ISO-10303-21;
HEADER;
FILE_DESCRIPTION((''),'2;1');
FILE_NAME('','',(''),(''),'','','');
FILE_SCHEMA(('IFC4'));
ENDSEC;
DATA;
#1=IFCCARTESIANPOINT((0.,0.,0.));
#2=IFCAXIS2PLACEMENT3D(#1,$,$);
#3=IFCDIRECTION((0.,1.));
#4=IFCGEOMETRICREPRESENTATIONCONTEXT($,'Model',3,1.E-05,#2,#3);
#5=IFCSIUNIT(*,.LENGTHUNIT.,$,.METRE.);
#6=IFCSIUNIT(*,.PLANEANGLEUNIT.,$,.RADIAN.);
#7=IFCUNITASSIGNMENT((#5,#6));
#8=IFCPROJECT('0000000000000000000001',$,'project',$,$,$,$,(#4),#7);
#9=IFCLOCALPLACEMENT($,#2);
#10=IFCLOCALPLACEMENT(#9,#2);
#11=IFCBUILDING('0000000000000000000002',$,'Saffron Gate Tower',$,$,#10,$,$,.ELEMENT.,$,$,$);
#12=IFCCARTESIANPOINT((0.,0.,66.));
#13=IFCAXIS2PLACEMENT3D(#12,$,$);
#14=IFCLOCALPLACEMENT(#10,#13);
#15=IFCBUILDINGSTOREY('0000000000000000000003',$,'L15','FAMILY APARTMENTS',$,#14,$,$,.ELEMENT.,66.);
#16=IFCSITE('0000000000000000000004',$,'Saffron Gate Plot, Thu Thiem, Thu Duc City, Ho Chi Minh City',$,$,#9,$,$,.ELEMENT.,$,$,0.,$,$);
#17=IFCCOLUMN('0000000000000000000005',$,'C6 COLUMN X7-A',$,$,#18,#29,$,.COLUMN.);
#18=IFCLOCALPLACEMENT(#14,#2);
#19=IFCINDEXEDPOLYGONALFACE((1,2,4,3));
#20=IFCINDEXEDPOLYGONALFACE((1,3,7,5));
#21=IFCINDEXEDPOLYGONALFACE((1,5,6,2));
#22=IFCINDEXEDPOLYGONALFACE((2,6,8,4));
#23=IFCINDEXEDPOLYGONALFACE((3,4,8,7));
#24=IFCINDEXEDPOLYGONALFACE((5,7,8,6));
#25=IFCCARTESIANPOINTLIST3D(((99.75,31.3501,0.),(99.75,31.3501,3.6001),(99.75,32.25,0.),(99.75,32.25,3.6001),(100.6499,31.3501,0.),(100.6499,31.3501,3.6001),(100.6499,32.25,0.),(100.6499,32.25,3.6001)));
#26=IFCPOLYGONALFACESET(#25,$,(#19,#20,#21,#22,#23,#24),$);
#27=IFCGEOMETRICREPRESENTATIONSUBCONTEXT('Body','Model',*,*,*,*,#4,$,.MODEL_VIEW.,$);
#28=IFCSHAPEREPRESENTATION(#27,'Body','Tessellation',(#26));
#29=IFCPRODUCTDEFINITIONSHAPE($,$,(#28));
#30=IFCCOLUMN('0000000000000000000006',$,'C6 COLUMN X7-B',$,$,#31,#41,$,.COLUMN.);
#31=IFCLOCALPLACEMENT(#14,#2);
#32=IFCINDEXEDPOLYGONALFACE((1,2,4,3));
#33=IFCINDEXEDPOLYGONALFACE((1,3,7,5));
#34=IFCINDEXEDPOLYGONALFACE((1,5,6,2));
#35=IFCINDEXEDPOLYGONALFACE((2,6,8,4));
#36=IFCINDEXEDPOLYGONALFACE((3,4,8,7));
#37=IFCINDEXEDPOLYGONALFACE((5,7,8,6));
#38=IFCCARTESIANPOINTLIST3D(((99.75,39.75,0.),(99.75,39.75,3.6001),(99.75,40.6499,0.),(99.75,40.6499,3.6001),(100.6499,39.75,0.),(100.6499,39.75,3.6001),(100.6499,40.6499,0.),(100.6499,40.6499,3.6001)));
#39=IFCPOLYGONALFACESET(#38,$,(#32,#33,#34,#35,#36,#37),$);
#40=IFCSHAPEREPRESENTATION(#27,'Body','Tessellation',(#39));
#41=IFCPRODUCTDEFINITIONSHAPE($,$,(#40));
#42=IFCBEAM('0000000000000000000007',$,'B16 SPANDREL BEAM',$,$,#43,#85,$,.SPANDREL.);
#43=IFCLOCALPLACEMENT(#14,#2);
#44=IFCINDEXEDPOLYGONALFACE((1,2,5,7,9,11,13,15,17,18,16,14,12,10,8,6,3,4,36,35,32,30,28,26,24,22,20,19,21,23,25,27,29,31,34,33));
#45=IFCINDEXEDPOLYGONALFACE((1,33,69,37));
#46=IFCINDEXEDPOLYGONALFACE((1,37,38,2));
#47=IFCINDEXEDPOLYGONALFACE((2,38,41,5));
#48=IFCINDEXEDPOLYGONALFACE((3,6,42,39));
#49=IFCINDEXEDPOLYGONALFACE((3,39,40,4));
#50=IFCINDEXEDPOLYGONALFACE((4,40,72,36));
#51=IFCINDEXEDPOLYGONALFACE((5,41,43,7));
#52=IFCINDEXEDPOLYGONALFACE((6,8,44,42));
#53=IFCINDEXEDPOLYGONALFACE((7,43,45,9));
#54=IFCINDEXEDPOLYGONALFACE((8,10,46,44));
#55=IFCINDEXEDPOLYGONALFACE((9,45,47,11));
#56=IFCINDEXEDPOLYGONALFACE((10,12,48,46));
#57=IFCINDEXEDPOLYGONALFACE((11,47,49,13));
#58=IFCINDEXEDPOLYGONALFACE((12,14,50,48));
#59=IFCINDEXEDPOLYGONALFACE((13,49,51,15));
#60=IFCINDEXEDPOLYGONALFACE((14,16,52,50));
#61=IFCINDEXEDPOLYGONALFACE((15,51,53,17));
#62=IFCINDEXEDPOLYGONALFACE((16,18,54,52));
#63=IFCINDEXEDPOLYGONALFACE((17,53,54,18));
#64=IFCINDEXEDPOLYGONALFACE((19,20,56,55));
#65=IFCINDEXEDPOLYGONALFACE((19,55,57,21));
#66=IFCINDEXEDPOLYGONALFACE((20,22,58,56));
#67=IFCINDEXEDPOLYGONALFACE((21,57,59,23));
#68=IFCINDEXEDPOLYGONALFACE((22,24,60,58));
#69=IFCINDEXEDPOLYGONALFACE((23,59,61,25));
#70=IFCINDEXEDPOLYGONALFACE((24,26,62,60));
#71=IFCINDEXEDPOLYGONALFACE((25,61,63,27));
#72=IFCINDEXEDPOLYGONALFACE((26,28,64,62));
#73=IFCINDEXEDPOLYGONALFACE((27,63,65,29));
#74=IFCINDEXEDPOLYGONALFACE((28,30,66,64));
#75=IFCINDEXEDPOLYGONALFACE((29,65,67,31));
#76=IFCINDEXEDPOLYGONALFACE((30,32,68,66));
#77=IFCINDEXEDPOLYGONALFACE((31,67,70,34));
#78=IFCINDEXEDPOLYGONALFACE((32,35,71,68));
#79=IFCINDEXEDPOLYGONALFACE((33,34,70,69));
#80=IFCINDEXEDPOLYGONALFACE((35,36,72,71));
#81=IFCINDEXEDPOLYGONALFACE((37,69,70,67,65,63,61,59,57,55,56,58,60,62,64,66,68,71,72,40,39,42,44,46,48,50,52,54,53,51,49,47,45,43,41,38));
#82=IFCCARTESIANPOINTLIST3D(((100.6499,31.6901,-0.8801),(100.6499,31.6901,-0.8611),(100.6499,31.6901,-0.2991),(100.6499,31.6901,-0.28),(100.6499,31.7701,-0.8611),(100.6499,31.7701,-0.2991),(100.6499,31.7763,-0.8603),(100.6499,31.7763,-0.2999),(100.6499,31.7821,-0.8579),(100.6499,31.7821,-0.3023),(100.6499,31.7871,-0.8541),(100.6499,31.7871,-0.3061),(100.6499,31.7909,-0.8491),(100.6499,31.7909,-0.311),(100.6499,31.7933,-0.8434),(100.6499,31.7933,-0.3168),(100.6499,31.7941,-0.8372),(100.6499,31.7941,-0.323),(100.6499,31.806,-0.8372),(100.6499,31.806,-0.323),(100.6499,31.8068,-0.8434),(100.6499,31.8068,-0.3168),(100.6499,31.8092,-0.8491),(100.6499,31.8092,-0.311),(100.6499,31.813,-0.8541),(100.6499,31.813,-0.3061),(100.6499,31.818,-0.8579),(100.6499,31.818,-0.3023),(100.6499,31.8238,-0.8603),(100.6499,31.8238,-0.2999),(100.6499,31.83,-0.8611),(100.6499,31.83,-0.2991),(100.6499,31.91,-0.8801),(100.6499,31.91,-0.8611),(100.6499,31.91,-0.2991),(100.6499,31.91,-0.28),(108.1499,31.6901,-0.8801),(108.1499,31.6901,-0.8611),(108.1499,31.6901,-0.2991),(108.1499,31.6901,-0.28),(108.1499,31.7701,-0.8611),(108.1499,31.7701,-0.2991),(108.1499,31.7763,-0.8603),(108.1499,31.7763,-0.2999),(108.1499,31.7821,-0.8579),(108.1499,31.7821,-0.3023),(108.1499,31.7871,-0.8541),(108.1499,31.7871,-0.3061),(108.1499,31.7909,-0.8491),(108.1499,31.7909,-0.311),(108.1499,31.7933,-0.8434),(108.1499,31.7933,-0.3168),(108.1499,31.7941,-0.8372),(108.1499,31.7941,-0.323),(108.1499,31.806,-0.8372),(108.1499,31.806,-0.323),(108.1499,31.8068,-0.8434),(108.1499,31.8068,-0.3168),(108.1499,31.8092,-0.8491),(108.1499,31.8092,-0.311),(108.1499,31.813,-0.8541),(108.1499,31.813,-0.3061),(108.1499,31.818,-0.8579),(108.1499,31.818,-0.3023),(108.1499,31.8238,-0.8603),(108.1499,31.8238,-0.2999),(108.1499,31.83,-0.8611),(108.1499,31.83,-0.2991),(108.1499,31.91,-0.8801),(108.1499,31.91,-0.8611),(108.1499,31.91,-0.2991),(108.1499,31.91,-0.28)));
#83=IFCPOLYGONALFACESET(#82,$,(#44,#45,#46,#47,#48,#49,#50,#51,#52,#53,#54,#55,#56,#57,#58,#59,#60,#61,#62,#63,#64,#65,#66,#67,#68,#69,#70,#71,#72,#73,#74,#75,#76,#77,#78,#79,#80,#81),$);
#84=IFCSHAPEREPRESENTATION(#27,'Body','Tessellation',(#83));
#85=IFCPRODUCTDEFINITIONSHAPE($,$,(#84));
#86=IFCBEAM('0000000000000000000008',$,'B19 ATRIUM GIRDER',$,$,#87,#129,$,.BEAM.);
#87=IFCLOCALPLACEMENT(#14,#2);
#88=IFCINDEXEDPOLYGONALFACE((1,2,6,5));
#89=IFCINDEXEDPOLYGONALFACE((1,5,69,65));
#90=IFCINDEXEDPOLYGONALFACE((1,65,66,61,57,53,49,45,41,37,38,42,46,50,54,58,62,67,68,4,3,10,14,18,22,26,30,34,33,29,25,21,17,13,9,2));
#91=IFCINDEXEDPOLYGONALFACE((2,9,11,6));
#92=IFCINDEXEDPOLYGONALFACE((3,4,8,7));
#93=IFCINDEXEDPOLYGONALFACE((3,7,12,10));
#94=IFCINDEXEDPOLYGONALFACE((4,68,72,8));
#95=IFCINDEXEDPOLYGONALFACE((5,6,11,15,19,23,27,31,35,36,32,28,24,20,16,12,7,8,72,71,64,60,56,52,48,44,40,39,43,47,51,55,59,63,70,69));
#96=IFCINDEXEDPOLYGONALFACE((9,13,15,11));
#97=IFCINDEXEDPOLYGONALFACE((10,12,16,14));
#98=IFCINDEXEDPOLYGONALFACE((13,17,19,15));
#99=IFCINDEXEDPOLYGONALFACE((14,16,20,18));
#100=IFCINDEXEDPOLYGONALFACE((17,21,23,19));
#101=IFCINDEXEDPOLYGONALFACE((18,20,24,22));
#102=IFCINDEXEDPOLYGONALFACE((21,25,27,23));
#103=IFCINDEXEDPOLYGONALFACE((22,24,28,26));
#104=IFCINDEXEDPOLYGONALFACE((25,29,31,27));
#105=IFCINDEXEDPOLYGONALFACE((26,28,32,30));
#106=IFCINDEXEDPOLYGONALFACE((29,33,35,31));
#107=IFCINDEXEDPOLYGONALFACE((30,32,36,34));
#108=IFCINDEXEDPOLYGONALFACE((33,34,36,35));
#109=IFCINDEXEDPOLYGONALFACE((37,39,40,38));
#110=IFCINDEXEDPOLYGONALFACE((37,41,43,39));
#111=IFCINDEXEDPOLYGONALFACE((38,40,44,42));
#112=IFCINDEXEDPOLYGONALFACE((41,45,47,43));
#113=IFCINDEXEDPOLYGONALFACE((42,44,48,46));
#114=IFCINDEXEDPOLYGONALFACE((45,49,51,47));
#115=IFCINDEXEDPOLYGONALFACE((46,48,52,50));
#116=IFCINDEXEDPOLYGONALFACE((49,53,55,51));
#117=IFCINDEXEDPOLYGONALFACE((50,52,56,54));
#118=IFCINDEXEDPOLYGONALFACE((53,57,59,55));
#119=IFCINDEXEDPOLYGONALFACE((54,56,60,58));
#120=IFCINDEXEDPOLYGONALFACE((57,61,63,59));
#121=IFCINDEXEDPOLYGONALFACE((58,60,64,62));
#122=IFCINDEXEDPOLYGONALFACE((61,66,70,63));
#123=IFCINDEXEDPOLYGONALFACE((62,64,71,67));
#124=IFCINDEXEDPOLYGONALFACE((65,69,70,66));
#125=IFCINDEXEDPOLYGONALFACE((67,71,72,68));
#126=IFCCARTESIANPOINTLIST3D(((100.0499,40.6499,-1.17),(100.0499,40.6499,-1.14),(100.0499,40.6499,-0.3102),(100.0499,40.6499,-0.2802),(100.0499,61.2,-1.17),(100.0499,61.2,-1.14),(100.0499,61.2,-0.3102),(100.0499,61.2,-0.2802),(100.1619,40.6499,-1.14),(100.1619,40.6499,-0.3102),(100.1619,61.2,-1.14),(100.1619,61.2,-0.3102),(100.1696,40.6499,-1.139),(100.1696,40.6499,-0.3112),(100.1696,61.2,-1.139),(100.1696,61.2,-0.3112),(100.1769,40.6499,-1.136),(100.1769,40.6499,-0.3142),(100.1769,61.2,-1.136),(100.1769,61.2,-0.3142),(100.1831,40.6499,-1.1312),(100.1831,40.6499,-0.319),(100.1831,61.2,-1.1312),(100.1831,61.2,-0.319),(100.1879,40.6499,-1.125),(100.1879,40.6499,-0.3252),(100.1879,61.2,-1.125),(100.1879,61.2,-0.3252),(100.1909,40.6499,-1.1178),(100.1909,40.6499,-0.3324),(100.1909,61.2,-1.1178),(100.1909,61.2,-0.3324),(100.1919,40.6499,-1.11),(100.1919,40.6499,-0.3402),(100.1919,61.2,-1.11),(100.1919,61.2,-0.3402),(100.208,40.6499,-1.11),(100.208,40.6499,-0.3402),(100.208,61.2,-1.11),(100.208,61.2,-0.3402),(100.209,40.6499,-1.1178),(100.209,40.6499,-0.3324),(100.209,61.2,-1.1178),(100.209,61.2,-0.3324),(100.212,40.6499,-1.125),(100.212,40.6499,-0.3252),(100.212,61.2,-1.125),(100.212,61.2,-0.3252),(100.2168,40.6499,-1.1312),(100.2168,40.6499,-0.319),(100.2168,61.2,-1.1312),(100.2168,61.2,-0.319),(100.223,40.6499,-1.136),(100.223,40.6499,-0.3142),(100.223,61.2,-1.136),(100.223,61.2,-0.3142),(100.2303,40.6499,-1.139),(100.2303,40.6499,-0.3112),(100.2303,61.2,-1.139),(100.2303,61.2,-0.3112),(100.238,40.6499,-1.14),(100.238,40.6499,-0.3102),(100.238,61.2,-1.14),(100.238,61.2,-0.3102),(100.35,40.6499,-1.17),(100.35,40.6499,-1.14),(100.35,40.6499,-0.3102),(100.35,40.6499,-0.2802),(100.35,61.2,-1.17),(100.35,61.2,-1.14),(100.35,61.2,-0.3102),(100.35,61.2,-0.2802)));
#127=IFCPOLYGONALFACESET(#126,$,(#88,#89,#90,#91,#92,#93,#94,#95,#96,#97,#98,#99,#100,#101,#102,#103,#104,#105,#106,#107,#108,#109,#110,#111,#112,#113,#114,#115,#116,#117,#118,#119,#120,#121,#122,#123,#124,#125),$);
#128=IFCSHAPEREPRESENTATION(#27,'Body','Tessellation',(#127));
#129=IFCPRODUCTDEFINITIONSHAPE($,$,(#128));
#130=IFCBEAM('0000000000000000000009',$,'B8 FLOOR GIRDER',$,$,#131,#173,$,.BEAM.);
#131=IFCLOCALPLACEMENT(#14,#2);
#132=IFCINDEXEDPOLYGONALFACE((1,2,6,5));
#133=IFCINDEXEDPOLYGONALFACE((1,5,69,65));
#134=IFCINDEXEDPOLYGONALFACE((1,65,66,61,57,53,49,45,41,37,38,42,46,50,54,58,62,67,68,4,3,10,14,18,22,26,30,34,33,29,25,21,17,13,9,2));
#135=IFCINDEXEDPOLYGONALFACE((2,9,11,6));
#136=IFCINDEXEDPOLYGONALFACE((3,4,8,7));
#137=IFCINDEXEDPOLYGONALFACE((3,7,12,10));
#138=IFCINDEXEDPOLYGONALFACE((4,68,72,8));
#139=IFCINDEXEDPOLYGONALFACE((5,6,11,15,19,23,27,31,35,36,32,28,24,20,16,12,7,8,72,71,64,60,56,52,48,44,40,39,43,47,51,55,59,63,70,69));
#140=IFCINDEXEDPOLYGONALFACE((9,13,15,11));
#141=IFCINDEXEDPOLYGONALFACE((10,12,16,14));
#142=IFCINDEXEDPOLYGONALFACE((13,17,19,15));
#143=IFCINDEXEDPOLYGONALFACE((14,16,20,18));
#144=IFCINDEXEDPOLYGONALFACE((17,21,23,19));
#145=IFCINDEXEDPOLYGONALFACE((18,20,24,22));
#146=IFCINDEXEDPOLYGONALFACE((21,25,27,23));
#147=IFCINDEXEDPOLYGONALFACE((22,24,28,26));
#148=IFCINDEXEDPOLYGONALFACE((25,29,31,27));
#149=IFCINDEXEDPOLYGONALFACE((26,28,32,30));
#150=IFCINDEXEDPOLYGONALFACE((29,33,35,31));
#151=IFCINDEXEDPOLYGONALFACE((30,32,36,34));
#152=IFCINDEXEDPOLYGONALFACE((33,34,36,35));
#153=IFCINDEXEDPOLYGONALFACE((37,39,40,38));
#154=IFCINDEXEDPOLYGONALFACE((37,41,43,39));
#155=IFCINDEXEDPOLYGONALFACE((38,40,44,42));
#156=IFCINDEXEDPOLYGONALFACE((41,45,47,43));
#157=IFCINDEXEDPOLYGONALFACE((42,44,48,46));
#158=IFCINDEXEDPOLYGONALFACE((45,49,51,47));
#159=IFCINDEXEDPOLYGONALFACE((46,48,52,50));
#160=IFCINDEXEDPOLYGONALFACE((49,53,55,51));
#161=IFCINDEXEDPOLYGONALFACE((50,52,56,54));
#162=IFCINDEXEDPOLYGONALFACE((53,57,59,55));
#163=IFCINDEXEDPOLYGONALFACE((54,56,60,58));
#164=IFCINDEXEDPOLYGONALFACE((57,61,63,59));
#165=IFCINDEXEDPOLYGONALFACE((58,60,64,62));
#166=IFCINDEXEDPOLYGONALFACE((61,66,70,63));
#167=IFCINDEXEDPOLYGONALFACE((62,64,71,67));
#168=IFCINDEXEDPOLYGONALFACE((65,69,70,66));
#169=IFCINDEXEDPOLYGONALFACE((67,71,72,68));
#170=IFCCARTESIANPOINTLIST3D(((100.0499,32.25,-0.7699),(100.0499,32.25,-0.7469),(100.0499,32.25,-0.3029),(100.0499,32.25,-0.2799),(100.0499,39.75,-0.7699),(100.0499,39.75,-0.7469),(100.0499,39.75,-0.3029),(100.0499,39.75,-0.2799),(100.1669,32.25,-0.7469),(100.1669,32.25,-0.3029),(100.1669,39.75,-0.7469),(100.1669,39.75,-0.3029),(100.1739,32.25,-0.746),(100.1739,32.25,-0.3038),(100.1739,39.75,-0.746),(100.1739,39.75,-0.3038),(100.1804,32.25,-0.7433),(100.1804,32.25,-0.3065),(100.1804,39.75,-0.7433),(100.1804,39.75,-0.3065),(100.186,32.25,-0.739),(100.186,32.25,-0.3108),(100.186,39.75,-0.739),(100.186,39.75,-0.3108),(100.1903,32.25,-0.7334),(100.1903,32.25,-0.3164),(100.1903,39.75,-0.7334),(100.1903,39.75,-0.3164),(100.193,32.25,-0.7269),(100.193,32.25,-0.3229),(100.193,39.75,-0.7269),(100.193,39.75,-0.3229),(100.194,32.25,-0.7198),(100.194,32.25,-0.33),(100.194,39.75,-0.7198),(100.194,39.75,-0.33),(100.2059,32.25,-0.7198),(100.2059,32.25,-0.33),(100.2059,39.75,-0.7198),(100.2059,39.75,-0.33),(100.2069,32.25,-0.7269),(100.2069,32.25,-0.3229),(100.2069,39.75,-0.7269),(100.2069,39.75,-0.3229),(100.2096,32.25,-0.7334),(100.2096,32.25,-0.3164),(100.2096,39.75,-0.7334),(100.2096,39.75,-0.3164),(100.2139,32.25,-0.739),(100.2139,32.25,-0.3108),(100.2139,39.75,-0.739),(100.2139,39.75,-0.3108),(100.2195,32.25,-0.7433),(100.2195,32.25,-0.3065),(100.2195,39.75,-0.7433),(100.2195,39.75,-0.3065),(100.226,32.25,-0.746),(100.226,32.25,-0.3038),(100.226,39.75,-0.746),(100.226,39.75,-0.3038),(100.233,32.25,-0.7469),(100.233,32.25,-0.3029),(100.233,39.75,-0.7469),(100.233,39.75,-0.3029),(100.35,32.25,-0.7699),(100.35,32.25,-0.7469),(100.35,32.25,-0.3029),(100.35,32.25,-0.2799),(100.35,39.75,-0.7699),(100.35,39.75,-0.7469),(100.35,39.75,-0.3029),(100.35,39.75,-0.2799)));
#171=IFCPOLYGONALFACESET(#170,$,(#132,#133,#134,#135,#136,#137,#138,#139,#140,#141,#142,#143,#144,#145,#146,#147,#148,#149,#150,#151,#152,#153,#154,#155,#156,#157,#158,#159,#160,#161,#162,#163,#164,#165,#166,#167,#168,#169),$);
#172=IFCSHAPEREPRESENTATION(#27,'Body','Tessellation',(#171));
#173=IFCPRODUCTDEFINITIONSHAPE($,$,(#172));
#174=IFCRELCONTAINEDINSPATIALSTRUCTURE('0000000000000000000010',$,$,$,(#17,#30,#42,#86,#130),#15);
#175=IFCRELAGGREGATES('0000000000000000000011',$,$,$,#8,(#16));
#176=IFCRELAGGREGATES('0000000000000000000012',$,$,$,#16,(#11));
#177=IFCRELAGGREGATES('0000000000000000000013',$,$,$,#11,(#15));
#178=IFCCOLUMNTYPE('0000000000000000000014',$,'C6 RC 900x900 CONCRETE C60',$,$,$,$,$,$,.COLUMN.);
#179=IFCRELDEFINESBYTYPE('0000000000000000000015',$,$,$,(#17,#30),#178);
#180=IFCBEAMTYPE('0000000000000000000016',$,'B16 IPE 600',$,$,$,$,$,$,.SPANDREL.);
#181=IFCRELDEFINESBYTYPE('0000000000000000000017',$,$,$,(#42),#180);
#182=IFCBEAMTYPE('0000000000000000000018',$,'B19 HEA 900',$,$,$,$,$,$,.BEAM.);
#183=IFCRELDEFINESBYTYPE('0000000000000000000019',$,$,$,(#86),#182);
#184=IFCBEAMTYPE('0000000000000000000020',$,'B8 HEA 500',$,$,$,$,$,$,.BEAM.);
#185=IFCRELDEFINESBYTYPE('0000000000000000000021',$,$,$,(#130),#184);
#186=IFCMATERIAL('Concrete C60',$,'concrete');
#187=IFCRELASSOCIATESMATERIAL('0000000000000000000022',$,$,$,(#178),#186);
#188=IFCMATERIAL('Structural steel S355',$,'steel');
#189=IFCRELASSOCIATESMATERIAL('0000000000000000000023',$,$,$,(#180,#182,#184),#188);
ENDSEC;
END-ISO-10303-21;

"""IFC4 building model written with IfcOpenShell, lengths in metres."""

from ifc_helpers import new_model, si_unit, direction, frame, origin, origin_2d, place, context, subcontext, project, spatial, rectangle, i_section, extrude, material, material_profile, profile_set, type_object, element, save


model = new_model("IFC4")

# Units and contexts
model_context = context("Model", 3, precision=1e-05, world=origin(), true_north=direction((0.0, 1.0)))
body_context = subcontext(model_context, "Body", "Model", "MODEL_VIEW")
ifc_project = project(units=[si_unit("LENGTHUNIT", "METRE"), si_unit("PLANEANGLEUNIT", "RADIAN")], contexts=[model_context])

# Site, building, storey
site_placement = place(None, origin())
site = spatial("IfcSite", under=ifc_project, at=site_placement, Name="Saffron Gate Plot, Thu Thiem, Thu Duc City, Ho Chi Minh City", CompositionType="ELEMENT", RefElevation=0.0)
building_placement = place(site_placement, origin())
building = spatial("IfcBuilding", under=site, at=building_placement, Name="Saffron Gate Tower", CompositionType="ELEMENT")
storey_placement = place(building_placement, frame((0.0, 0.0, 66.0)))
storey = spatial("IfcBuildingStorey", under=building, at=storey_placement, Name="L15", Description="FAMILY APARTMENTS", CompositionType="ELEMENT", Elevation=66.0)

# Columns
ifc_material_1 = material(Name="Concrete C60", Category="concrete")
ifc_material_profile_1 = material_profile(ifc_material_1, rectangle(XDim=0.8999, YDim=0.8999, at=origin_2d()))
ifc_profile_set_1 = profile_set([ifc_material_profile_1], Name="Concrete C60")
column_type = type_object("IfcColumnType", Name="C6 RC 900x900 CONCRETE C60", PredefinedType="COLUMN", material=ifc_profile_set_1)
for number, where, z_axis, x_axis, name in (
    (1, (100.2, 31.8, 0.0), (0.0, 0.0, 1.0), (1.0, 0.0, 0.0), "C6 COLUMN X7-A"),
    (2, (100.2, 40.2, 0.0), (0.0, 0.0, 1.0), (1.0, 0.0, 0.0), "C6 COLUMN X7-B"),
):
    element("IfcColumn", number, at=place(storey_placement, frame(where, z_axis=z_axis, x_axis=x_axis)), inside=storey, type_object=column_type, Name=name, PredefinedType="COLUMN", context=body_context, shape_type="SweptSolid", body=[
        extrude(rectangle(XDim=0.8999, YDim=0.8999, at=origin_2d()), origin(), (0.0, 0.0, 1.0), 3.6001),
    ])

# Beams
ifc_material_2 = material(Name="Structural steel S355", Category="steel")
ifc_material_profile_2 = material_profile(ifc_material_2, i_section(OverallWidth=0.22, OverallDepth=0.6001, WebThickness=0.012, FlangeThickness=0.019, FilletRadius=0.0239, at=origin_2d()))
ifc_profile_set_2 = profile_set([ifc_material_profile_2], Name="Structural steel S355")
beam_type_1 = type_object("IfcBeamType", Name="B16 IPE 600", PredefinedType="SPANDREL", material=ifc_profile_set_2)
beam_1_placement = place(storey_placement, frame((100.6499, 31.8, -0.5801), z_axis=(1.0, 0.0, 0.0), x_axis=(0.0, 1.0, 0.0)))
element("IfcBeam", 3, at=beam_1_placement, inside=storey, type_object=beam_type_1, Name="B16 SPANDREL BEAM", PredefinedType="SPANDREL", context=body_context, shape_type="SweptSolid", body=[
    extrude(i_section(OverallWidth=0.22, OverallDepth=0.6001, WebThickness=0.012, FlangeThickness=0.019, FilletRadius=0.0239, at=origin_2d()), origin(), (0.0, 0.0, 1.0), 7.5),
])
ifc_material_profile_3 = material_profile(ifc_material_2, i_section(OverallWidth=0.3, OverallDepth=0.8899, WebThickness=0.0161, FlangeThickness=0.03, FilletRadius=0.03, at=origin_2d()))
ifc_profile_set_3 = profile_set([ifc_material_profile_3], Name="Structural steel S355")
beam_type_2 = type_object("IfcBeamType", Name="B19 HEA 900", PredefinedType="BEAM", material=ifc_profile_set_3)
beam_2_placement = place(storey_placement, frame((100.2, 40.6499, -0.7251), z_axis=(0.0, 1.0, 0.0), x_axis=(-1.0, 0.0, 0.0)))
element("IfcBeam", 4, at=beam_2_placement, inside=storey, type_object=beam_type_2, Name="B19 ATRIUM GIRDER", PredefinedType="BEAM", context=body_context, shape_type="SweptSolid", body=[
    extrude(i_section(OverallWidth=0.3, OverallDepth=0.8899, WebThickness=0.0161, FlangeThickness=0.03, FilletRadius=0.03, at=origin_2d()), origin(), (0.0, 0.0, 1.0), 20.55),
])
ifc_material_profile_4 = material_profile(ifc_material_2, i_section(OverallWidth=0.3, OverallDepth=0.49, WebThickness=0.012, FlangeThickness=0.0229, FilletRadius=0.0271, at=origin_2d()))
ifc_profile_set_4 = profile_set([ifc_material_profile_4], Name="Structural steel S355")
beam_type_3 = type_object("IfcBeamType", Name="B8 HEA 500", PredefinedType="BEAM", material=ifc_profile_set_4)
beam_3_placement = place(storey_placement, frame((100.2, 32.25, -0.5249), z_axis=(0.0, 1.0, 0.0), x_axis=(-1.0, 0.0, 0.0)))
element("IfcBeam", 5, at=beam_3_placement, inside=storey, type_object=beam_type_3, Name="B8 FLOOR GIRDER", PredefinedType="BEAM", context=body_context, shape_type="SweptSolid", body=[
    extrude(i_section(OverallWidth=0.3, OverallDepth=0.49, WebThickness=0.012, FlangeThickness=0.0229, FilletRadius=0.0271, at=origin_2d()), origin(), (0.0, 0.0, 1.0), 7.5),
])

save(model, "model.ifc")
